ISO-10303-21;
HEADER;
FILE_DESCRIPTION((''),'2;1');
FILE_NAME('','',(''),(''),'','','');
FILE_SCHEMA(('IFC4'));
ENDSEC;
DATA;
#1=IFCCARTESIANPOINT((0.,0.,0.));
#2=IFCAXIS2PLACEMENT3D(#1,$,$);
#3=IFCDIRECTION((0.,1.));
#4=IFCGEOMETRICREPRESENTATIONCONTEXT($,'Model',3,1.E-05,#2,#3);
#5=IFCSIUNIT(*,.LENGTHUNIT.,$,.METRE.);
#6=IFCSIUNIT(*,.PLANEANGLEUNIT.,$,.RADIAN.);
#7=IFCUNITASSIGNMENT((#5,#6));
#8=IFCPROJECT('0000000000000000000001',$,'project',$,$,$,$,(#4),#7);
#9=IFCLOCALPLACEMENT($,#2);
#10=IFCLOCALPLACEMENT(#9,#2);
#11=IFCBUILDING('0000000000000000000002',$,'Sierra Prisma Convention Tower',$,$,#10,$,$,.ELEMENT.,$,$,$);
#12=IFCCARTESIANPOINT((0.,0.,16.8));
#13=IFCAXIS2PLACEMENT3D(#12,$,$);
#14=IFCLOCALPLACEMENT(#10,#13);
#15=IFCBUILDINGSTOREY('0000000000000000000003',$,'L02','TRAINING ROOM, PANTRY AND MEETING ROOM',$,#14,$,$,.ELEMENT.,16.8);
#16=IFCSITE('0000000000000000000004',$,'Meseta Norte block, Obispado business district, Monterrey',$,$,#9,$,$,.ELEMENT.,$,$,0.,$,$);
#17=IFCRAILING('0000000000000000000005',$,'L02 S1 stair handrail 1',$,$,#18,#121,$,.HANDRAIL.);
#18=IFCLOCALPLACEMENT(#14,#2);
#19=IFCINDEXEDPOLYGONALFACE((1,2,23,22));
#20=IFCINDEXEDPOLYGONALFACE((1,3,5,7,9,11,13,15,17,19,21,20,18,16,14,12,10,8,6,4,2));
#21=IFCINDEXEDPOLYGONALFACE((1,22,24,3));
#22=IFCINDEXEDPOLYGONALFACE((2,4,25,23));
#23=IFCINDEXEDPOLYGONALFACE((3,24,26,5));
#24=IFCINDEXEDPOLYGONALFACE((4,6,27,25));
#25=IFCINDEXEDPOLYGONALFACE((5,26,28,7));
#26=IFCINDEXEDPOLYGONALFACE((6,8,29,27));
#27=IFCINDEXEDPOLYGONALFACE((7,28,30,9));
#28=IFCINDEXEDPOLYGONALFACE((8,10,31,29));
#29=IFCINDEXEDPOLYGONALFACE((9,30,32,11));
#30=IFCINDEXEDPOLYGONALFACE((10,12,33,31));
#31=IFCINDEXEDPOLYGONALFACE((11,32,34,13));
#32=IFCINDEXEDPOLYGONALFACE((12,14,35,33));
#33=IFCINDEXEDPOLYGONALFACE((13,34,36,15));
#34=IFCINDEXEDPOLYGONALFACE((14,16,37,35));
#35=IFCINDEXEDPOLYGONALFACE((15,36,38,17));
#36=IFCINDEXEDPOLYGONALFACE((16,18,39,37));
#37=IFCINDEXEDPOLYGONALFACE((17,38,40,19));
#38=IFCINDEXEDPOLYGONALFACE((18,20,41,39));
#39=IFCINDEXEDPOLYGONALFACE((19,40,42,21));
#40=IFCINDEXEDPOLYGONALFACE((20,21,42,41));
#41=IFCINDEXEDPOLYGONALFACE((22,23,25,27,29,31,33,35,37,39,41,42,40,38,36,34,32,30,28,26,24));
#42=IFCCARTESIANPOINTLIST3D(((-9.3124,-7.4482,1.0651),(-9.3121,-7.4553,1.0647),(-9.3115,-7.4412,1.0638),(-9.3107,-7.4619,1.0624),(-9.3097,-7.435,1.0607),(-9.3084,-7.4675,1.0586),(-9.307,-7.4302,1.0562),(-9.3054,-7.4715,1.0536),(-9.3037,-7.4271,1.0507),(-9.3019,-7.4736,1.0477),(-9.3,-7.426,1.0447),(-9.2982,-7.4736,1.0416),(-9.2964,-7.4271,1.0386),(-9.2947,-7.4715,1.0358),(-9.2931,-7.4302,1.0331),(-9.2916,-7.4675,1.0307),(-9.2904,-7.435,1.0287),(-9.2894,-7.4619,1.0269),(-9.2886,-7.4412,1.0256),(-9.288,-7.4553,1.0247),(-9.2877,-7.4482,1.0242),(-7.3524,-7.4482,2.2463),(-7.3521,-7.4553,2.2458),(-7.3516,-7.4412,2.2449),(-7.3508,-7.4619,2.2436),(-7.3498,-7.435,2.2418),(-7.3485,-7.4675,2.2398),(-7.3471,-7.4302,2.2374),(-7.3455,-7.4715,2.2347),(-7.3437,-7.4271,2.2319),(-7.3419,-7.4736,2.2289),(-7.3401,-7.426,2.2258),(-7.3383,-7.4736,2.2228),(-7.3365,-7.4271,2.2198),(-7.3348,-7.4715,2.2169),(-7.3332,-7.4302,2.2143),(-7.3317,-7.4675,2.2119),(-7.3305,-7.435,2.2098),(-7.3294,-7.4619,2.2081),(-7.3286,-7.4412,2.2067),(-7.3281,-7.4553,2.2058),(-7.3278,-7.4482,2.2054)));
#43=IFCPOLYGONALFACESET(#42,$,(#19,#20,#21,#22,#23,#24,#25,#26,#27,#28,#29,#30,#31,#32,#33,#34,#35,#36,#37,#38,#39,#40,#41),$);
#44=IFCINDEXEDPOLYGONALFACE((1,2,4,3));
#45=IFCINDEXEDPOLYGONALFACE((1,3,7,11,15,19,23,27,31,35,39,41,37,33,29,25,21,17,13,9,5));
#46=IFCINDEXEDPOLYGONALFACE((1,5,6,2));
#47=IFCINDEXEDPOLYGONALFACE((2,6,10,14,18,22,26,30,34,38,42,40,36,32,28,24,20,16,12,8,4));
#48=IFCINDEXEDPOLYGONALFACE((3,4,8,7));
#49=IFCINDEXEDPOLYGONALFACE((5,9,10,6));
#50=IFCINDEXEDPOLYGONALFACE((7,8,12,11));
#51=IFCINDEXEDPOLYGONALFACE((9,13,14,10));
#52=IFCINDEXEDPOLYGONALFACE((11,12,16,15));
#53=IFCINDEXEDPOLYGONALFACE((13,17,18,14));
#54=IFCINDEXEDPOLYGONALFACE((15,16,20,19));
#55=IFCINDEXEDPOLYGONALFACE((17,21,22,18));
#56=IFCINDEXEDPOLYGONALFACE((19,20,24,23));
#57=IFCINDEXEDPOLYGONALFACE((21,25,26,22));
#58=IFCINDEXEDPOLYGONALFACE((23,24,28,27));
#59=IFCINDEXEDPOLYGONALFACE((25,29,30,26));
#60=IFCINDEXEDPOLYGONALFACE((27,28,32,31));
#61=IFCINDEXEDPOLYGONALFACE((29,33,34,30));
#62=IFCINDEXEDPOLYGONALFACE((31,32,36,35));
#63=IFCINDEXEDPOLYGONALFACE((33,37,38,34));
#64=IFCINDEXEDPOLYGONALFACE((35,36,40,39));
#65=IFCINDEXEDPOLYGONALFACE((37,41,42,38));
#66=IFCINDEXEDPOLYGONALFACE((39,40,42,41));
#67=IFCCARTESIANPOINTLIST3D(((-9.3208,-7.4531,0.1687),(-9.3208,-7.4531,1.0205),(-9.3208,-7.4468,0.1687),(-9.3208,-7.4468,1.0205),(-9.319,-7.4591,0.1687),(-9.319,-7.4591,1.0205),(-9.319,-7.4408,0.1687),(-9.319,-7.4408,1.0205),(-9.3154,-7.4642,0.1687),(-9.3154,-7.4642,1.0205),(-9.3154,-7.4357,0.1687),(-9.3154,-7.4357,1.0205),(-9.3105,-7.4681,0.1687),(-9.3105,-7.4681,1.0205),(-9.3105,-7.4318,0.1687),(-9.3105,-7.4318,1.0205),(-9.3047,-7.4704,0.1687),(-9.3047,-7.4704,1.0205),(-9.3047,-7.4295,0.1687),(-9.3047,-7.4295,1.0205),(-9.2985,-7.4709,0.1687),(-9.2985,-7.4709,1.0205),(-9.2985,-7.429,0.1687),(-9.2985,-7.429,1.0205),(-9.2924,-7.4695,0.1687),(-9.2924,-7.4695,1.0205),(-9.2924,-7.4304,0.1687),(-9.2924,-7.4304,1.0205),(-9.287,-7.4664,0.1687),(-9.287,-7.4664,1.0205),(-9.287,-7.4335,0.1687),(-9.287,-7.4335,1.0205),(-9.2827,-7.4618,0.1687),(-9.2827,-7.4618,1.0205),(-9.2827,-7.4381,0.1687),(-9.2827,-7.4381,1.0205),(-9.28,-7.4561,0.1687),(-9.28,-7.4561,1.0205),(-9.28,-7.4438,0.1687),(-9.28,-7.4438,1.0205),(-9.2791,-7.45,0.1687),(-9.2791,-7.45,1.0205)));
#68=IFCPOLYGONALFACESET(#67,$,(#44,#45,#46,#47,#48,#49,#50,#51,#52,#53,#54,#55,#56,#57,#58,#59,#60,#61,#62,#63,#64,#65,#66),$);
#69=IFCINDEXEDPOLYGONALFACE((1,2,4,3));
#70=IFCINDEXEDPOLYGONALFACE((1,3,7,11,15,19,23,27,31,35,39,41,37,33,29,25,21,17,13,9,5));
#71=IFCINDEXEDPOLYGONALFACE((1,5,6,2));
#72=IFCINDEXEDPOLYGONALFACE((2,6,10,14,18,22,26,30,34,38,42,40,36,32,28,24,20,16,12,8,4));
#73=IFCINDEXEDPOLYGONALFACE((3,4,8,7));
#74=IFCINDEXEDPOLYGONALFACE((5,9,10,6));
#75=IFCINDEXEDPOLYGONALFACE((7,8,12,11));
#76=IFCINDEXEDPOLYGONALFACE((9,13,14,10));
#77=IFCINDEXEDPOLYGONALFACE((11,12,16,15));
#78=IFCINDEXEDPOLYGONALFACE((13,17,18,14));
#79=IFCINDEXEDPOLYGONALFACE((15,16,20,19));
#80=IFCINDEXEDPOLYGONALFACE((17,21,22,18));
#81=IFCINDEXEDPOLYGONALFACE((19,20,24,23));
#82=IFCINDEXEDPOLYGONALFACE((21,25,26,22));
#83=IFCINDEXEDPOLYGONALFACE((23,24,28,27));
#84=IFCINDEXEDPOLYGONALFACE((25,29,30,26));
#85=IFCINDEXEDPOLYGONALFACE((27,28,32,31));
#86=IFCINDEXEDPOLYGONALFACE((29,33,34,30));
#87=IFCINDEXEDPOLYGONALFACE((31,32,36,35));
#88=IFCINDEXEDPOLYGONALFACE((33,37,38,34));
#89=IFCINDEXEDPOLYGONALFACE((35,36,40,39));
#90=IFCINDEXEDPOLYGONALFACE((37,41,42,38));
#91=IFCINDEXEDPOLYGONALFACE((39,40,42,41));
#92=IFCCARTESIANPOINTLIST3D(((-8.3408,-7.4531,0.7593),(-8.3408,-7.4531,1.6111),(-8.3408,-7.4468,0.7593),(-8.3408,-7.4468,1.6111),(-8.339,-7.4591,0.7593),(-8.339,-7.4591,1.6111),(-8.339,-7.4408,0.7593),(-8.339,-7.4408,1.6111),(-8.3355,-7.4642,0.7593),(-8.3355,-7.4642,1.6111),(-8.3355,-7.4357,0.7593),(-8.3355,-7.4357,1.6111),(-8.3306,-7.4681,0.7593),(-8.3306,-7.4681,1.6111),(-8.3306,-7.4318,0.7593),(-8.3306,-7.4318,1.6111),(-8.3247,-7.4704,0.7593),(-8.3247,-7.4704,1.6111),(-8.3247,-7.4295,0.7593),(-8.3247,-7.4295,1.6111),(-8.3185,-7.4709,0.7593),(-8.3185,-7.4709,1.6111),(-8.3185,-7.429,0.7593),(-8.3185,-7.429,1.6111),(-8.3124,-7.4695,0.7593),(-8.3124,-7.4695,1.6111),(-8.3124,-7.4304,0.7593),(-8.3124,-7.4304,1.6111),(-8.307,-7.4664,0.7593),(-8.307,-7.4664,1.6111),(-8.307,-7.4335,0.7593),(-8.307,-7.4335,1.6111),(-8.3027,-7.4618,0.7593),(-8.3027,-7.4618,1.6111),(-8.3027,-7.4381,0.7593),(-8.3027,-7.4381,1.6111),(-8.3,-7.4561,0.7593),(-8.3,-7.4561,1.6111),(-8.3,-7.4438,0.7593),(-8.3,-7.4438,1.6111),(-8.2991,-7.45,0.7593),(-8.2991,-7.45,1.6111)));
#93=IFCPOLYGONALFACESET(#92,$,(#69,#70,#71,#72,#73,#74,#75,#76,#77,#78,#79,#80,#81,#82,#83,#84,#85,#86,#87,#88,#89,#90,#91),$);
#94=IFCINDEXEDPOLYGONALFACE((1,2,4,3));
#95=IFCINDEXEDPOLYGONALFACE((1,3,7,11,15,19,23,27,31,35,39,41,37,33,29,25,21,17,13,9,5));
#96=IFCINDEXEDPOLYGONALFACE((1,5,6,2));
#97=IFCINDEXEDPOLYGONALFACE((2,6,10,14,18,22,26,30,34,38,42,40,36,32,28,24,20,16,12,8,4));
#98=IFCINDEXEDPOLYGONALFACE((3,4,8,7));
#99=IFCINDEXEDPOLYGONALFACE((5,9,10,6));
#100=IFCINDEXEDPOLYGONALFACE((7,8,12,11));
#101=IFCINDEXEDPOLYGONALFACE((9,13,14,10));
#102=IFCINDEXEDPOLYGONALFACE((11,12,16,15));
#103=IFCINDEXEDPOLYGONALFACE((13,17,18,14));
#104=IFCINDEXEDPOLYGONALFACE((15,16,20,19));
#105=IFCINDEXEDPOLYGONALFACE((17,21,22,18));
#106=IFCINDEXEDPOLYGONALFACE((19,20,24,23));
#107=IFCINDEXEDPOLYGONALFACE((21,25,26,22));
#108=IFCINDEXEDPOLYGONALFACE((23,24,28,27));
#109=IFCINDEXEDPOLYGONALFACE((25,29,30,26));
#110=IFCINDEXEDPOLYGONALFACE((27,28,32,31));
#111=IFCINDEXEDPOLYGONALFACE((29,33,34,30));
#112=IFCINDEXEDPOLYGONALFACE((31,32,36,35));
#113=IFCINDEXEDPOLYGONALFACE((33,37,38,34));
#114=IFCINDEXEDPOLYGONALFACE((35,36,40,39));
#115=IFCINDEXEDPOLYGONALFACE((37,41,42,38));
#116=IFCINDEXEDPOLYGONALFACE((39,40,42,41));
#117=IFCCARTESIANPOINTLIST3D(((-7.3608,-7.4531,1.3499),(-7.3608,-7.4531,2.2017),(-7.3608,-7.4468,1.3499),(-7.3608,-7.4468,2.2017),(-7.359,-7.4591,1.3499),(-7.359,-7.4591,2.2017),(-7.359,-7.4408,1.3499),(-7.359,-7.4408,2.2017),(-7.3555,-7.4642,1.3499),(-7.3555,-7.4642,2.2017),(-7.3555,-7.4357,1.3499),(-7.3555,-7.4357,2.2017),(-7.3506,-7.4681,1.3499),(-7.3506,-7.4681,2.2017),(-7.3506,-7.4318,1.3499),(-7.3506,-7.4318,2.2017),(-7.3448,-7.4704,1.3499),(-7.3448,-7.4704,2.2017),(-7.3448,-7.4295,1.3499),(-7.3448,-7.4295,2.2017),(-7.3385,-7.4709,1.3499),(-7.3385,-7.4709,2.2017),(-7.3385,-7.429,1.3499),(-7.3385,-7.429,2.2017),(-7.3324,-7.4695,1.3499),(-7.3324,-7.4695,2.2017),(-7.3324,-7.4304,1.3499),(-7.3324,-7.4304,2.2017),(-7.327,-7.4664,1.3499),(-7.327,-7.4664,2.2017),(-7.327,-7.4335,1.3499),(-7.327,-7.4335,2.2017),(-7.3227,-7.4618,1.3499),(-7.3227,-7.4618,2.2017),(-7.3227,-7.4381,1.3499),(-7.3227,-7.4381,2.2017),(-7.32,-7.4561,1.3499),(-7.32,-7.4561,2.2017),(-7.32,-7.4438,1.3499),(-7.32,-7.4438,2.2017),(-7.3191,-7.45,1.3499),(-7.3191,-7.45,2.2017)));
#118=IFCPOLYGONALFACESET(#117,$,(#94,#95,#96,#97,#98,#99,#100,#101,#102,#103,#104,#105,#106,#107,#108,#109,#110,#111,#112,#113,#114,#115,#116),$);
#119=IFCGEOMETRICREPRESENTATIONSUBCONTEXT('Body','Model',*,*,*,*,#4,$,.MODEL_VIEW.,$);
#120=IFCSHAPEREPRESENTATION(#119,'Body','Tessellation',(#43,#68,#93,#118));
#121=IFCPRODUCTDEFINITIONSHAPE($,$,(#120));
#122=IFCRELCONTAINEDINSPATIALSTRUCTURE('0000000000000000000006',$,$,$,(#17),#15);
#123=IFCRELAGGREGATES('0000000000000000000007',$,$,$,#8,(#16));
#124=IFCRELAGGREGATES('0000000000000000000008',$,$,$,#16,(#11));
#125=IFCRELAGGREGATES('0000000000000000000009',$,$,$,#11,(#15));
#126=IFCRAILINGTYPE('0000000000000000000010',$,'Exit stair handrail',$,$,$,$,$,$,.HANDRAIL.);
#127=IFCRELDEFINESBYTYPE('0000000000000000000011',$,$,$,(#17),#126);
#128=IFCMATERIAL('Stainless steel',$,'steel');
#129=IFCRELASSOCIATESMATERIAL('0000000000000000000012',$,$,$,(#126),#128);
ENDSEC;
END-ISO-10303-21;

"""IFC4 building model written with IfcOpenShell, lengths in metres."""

from ifc_helpers import new_model, si_unit, direction, frame, origin, origin_2d, place, context, subcontext, project, spatial, circle, extrude, material, type_object, element, save


model = new_model("IFC4")

# Units and contexts
model_context = context("Model", 3, precision=1e-05, world=origin(), true_north=direction((0.0, 1.0)))
body_context = subcontext(model_context, "Body", "Model", "MODEL_VIEW")
ifc_project = project(units=[si_unit("LENGTHUNIT", "METRE"), si_unit("PLANEANGLEUNIT", "RADIAN")], contexts=[model_context])

# Site, building, storey
site_placement = place(None, origin())
site = spatial("IfcSite", under=ifc_project, at=site_placement, Name="Meseta Norte block, Obispado business district, Monterrey", CompositionType="ELEMENT", RefElevation=0.0)
building_placement = place(site_placement, origin())
building = spatial("IfcBuilding", under=site, at=building_placement, Name="Sierra Prisma Convention Tower", CompositionType="ELEMENT")
storey_placement = place(building_placement, frame((0.0, 0.0, 16.8)))
storey = spatial("IfcBuildingStorey", under=building, at=storey_placement, Name="L02", Description="TRAINING ROOM, PANTRY AND MEETING ROOM", CompositionType="ELEMENT", Elevation=16.8)

# Railing
ifc_material_1 = material(Name="Stainless steel", Category="steel")
railing_type_1 = type_object("IfcRailingType", Name="Exit stair handrail", PredefinedType="HANDRAIL", material=ifc_material_1)
railing_1_placement = place(storey_placement, frame((-9.3, -7.45, 0.1687)))
element("IfcRailing", 1, at=railing_1_placement, inside=storey, type_object=railing_type_1, Name="L02 S1 stair handrail 1", PredefinedType="HANDRAIL", context=body_context, shape_type="SweptSolid", body=[
    extrude(circle(Radius=0.0239, at=origin_2d()), frame((0.0, 0.0, 0.876), z_axis=(0.856493, 0.0, 0.516158), x_axis=(0.0, 1.0, 0.0)), (0.0, 0.0, 1.0), 2.2883),
    extrude(circle(Radius=0.021, at=origin_2d()), origin(), (0.0, 0.0, 1.0), 0.8518),
    extrude(circle(Radius=0.021, at=origin_2d()), frame((0.98, 0.0, 0.5906)), (0.0, 0.0, 1.0), 0.8518),
    extrude(circle(Radius=0.021, at=origin_2d()), frame((1.96, 0.0, 1.1812)), (0.0, 0.0, 1.0), 0.8518),
])

save(model, "model.ifc")
